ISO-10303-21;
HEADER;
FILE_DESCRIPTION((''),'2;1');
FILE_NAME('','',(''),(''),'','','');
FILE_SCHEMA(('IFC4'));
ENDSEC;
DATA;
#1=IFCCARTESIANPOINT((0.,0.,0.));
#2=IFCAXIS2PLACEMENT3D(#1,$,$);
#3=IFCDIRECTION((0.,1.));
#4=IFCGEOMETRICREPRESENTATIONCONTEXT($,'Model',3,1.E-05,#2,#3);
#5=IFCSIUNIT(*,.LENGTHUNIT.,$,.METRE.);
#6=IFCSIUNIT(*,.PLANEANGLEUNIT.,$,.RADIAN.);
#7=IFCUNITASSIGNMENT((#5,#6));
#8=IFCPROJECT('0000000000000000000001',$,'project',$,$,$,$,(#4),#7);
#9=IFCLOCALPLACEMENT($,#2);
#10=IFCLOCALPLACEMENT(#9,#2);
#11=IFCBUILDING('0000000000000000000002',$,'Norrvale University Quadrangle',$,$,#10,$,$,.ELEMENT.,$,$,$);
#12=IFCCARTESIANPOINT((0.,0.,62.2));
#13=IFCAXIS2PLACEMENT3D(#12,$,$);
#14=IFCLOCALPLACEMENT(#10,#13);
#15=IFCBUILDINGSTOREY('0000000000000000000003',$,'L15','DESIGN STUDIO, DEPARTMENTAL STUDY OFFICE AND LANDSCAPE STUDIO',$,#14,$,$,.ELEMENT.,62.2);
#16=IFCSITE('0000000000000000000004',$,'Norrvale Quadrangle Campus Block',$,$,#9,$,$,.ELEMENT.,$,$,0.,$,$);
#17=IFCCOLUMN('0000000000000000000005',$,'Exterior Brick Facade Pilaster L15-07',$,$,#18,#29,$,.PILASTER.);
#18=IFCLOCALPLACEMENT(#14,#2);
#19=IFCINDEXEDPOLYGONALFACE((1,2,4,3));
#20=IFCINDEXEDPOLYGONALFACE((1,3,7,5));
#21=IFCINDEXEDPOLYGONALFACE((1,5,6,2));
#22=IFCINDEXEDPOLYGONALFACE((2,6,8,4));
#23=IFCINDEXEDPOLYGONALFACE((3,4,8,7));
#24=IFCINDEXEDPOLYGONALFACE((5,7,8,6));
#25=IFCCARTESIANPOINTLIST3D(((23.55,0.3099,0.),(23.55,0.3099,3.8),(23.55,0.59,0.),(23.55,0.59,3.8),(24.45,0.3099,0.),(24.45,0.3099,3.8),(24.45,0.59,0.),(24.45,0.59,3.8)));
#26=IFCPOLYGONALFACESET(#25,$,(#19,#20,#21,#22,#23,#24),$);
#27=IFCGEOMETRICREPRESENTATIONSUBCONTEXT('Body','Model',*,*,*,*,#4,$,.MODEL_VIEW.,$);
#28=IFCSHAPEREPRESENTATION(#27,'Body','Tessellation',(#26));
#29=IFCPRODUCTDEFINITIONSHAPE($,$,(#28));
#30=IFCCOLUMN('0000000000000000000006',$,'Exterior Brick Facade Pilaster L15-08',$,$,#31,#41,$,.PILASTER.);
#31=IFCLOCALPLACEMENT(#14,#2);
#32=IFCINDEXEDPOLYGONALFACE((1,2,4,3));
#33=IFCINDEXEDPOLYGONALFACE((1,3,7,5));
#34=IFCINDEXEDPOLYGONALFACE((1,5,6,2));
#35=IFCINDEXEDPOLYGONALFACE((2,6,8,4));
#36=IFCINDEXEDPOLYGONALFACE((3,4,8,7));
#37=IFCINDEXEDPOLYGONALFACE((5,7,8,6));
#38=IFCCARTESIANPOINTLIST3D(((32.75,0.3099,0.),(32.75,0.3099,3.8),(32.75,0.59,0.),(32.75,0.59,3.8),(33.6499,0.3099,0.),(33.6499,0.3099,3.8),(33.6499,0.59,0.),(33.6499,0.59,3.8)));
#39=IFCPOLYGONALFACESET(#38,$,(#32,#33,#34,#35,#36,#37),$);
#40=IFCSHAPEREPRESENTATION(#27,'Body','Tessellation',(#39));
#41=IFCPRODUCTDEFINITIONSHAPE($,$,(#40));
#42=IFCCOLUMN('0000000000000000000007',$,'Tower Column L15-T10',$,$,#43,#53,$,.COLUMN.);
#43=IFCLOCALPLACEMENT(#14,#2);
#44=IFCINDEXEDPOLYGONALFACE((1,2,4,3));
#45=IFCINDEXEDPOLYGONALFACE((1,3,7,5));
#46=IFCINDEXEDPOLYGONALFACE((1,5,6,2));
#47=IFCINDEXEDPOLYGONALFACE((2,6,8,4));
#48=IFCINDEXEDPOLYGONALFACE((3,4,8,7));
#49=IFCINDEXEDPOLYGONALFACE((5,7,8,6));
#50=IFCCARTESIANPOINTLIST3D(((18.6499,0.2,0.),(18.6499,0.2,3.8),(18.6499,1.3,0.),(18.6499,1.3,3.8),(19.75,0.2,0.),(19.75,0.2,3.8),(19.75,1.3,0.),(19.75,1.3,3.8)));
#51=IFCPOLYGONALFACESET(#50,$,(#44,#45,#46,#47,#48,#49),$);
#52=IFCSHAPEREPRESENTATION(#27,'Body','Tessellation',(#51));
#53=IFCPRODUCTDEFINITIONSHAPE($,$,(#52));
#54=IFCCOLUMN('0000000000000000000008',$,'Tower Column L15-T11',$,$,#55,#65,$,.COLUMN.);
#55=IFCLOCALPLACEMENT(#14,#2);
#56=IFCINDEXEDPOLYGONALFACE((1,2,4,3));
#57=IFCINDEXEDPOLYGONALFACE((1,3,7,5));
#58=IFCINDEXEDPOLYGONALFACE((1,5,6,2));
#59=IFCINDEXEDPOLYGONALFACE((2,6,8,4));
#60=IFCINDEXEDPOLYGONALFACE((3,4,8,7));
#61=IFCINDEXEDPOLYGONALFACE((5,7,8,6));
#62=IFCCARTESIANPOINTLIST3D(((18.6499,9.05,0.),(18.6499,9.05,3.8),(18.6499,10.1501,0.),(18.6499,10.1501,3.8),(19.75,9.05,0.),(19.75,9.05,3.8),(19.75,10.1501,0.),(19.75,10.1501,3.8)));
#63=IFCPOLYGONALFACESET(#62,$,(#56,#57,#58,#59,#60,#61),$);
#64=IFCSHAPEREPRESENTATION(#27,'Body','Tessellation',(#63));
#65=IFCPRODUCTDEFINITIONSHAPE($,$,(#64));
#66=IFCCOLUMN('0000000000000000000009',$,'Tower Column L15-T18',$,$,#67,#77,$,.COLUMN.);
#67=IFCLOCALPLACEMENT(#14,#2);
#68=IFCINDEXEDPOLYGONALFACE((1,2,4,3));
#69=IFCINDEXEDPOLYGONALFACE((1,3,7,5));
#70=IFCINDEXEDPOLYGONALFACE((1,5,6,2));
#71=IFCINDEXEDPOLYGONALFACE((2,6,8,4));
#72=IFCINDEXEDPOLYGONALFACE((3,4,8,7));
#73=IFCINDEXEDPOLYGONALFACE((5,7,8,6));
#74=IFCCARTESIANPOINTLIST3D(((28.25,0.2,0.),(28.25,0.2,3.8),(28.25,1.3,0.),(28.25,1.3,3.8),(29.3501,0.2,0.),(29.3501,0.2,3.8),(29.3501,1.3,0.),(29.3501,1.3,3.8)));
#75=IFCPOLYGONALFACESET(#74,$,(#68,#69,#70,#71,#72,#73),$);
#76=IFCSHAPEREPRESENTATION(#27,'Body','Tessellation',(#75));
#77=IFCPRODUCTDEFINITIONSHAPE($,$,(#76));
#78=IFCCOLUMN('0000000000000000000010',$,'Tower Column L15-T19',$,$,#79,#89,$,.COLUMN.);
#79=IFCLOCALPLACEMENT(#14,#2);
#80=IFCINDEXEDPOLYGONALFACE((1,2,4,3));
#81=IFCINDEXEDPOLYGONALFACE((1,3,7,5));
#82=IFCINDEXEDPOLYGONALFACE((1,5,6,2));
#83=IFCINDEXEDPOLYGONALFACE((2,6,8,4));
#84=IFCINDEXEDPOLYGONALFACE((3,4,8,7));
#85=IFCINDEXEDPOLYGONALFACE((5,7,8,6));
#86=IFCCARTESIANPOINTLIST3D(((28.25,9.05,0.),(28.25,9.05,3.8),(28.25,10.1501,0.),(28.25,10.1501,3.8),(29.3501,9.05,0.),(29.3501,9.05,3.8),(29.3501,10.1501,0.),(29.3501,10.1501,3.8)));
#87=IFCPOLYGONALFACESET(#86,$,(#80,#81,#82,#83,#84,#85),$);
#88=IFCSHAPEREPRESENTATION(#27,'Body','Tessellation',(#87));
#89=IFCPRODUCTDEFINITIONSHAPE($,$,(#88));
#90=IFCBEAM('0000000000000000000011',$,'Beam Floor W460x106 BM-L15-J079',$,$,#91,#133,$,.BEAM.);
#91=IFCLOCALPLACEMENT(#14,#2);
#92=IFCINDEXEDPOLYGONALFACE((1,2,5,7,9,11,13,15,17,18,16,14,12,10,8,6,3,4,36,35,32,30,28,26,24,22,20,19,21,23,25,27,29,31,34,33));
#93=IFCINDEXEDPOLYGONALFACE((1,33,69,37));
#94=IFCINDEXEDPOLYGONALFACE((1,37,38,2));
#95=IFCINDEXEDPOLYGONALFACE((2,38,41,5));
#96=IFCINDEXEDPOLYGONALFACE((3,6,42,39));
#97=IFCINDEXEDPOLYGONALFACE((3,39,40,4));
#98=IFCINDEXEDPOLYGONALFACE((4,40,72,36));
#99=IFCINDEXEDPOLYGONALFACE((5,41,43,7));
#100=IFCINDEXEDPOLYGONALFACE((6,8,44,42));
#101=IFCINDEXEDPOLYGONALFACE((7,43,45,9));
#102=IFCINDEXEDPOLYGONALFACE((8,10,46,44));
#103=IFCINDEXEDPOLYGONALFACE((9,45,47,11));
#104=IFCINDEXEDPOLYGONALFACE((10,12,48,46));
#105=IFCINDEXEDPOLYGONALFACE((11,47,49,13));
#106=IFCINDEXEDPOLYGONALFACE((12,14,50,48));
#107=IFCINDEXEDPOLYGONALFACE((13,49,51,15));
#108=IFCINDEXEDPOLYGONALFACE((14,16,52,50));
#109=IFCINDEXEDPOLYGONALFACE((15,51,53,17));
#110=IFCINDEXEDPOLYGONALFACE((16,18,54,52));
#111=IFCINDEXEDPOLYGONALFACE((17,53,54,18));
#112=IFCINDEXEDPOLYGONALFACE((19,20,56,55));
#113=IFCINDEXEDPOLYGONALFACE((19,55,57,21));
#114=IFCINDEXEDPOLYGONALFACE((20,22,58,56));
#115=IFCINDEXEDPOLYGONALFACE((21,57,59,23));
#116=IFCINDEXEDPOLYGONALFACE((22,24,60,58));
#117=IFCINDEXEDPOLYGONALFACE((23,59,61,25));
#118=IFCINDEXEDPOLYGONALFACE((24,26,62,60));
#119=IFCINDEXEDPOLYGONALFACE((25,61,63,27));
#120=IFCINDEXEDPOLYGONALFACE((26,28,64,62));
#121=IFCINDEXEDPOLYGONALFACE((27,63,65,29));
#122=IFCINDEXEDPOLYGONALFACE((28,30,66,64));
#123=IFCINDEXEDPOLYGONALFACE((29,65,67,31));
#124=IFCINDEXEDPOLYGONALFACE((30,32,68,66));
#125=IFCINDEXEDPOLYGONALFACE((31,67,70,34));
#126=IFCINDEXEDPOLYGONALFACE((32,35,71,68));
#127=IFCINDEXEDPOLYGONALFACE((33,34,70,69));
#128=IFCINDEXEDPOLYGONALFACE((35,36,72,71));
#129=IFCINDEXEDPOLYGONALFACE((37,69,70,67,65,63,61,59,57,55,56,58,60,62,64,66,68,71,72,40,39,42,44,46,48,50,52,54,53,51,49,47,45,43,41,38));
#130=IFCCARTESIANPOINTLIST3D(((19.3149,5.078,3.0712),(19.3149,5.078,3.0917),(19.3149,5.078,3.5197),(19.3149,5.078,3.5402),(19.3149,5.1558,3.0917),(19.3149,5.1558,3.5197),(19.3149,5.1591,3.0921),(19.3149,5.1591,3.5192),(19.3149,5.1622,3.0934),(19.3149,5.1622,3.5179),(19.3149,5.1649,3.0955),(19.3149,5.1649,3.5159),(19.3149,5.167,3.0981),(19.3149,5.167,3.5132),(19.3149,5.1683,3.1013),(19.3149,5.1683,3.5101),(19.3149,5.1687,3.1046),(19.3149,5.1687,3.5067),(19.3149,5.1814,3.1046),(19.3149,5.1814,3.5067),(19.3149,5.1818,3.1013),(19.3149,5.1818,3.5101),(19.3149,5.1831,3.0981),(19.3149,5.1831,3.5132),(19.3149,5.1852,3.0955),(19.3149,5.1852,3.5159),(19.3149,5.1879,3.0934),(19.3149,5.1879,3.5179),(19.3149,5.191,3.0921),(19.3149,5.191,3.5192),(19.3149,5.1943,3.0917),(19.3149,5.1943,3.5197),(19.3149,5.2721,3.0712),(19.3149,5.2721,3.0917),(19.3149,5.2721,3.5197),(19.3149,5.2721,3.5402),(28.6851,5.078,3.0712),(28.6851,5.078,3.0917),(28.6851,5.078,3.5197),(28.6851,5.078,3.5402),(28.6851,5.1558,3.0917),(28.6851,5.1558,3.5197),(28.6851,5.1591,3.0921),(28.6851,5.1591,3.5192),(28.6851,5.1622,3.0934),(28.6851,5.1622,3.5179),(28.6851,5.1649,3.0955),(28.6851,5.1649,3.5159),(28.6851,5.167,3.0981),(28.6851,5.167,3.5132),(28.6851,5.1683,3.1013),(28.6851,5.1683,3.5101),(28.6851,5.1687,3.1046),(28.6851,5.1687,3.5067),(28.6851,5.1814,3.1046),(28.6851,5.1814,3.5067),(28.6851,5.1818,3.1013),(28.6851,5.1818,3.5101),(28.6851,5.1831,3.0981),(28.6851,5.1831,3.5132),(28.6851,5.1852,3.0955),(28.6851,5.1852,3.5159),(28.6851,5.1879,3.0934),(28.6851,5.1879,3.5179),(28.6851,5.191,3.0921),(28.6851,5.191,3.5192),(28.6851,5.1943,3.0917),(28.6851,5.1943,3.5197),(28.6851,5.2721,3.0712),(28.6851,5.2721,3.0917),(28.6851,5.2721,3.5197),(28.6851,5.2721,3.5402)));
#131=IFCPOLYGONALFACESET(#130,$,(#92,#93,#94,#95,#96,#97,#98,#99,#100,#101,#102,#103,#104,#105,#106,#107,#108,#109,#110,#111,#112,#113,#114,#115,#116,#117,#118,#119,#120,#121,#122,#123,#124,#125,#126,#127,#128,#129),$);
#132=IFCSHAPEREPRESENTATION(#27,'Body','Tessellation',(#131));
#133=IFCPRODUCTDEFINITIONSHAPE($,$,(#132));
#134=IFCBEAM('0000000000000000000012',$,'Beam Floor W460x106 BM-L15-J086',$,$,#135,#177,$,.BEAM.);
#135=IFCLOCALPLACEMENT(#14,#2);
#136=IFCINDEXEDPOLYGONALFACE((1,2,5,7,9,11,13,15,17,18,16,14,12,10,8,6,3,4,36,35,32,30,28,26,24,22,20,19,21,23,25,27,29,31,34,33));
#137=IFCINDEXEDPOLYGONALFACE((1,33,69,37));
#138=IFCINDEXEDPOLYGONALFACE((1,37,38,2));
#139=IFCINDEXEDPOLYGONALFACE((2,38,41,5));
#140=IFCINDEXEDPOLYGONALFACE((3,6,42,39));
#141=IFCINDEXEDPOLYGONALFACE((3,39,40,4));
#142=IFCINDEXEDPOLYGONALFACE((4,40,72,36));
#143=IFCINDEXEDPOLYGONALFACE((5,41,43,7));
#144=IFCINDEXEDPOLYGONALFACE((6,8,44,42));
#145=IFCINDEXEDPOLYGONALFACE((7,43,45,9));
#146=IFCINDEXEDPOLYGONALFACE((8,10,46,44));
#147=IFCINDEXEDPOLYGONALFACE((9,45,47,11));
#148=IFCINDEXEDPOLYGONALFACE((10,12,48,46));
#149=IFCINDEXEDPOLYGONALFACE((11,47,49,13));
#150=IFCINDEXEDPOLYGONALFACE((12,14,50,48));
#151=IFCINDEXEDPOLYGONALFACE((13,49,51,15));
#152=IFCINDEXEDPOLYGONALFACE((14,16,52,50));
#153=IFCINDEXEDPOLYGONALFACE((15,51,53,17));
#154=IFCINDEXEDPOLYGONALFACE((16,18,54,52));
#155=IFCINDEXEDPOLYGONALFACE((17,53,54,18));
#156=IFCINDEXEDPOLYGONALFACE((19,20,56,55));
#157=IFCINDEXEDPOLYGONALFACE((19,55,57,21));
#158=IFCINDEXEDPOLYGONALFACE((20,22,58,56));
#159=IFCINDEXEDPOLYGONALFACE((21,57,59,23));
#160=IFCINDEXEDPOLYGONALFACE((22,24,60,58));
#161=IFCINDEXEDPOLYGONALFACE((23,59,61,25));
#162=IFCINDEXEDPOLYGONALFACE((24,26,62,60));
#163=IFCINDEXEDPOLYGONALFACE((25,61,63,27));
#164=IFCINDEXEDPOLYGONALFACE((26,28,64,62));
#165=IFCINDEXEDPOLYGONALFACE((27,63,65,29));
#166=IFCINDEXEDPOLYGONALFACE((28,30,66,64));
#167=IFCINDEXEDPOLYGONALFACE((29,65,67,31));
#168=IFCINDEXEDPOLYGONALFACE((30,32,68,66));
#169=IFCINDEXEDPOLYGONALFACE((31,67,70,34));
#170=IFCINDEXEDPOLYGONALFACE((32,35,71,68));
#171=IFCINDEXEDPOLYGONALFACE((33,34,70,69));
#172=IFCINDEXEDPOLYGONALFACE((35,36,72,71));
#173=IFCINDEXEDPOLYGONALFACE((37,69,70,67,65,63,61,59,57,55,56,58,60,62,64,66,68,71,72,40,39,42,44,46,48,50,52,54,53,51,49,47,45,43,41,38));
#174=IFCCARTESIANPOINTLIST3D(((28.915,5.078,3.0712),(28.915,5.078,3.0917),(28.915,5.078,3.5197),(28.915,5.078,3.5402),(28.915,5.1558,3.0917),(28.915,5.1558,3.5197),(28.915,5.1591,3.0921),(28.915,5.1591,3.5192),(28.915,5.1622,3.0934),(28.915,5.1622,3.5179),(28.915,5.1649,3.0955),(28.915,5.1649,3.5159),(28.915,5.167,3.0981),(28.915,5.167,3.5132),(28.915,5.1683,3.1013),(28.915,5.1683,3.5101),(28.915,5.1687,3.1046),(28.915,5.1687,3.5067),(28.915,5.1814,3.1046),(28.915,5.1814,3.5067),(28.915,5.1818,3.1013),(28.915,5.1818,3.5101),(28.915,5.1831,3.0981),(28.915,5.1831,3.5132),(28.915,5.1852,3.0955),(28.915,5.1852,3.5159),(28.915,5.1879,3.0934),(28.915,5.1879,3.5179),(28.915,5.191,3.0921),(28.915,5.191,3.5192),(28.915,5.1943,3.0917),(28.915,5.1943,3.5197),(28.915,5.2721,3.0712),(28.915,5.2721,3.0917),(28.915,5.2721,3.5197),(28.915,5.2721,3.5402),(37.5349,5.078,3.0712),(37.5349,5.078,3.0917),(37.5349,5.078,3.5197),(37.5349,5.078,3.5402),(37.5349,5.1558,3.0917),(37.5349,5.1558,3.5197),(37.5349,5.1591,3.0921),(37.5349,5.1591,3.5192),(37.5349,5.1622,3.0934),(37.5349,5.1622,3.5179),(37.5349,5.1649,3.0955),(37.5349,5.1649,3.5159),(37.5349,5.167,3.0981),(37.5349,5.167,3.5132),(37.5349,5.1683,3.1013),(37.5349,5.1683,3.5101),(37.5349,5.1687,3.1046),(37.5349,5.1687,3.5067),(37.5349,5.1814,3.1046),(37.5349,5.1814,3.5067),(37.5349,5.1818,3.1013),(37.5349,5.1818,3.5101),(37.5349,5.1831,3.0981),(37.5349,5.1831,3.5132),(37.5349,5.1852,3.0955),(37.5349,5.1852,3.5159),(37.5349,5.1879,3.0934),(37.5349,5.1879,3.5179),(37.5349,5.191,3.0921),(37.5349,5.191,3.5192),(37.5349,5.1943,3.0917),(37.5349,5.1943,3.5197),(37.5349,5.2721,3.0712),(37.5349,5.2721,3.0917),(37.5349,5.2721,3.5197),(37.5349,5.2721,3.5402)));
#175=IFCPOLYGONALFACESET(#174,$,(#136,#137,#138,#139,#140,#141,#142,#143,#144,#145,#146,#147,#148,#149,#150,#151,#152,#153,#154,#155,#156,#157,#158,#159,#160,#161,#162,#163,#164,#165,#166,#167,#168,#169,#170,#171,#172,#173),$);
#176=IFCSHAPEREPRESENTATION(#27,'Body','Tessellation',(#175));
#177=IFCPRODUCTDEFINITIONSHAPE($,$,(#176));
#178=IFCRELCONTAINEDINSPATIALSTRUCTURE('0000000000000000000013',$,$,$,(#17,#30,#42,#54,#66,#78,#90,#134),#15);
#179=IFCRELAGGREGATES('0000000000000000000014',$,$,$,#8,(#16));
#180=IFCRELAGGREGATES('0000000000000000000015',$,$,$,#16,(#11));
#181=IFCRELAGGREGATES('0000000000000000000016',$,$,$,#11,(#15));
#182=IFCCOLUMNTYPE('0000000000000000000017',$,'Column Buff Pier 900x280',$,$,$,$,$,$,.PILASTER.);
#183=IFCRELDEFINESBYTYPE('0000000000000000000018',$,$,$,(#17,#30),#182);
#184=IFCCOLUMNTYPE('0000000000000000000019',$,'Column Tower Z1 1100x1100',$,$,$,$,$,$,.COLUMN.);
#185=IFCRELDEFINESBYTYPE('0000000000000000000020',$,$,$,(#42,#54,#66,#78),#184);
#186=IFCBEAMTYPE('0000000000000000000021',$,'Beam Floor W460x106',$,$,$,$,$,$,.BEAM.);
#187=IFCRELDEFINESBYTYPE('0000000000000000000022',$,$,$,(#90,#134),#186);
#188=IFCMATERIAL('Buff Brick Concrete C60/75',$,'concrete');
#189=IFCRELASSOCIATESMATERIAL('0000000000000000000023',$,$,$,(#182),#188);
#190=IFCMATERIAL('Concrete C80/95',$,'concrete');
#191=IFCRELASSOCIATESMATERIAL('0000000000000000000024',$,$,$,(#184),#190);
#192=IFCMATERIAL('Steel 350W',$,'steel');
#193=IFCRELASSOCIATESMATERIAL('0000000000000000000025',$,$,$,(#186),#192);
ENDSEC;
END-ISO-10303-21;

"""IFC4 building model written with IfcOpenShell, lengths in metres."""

from ifc_helpers import new_model, si_unit, direction, frame, origin, origin_2d, place, context, subcontext, project, spatial, rectangle, i_section, extrude, material, material_profile, profile_set, type_object, element, save


model = new_model("IFC4")

# Units and contexts
model_context = context("Model", 3, precision=1e-05, world=origin(), true_north=direction((0.0, 1.0)))
body_context = subcontext(model_context, "Body", "Model", "MODEL_VIEW")
ifc_project = project(units=[si_unit("LENGTHUNIT", "METRE"), si_unit("PLANEANGLEUNIT", "RADIAN")], contexts=[model_context])

# Site, building, storey
site_placement = place(None, origin())
site = spatial("IfcSite", under=ifc_project, at=site_placement, Name="Norrvale Quadrangle Campus Block", CompositionType="ELEMENT", RefElevation=0.0)
building_placement = place(site_placement, origin())
building = spatial("IfcBuilding", under=site, at=building_placement, Name="Norrvale University Quadrangle", CompositionType="ELEMENT")
storey_placement = place(building_placement, frame((0.0, 0.0, 62.2)))
storey = spatial("IfcBuildingStorey", under=building, at=storey_placement, Name="L15", Description="DESIGN STUDIO, DEPARTMENTAL STUDY OFFICE AND LANDSCAPE STUDIO", CompositionType="ELEMENT", Elevation=62.2)

# Columns
ifc_material_1 = material(Name="Buff Brick Concrete C60/75", Category="concrete")
ifc_material_profile_1 = material_profile(ifc_material_1, rectangle(XDim=0.8999, YDim=0.28, at=origin_2d()), Name="Buff Brick Concrete C60/75")
ifc_profile_set_1 = profile_set([ifc_material_profile_1], Name="Buff Brick Concrete C60/75")
column_type_1 = type_object("IfcColumnType", Name="Column Buff Pier 900x280", PredefinedType="PILASTER", material=ifc_profile_set_1)
for number, where, z_axis, x_axis, name in (
    (1, (24.0, 0.45, 0.0), (0.0, 0.0, 1.0), (1.0, 0.0, 0.0), "Exterior Brick Facade Pilaster L15-07"),
    (2, (33.2, 0.45, 0.0), (0.0, 0.0, 1.0), (1.0, 0.0, 0.0), "Exterior Brick Facade Pilaster L15-08"),
):
    element("IfcColumn", number, at=place(storey_placement, frame(where, z_axis=z_axis, x_axis=x_axis)), inside=storey, type_object=column_type_1, Name=name, PredefinedType="PILASTER", context=body_context, shape_type="SweptSolid", body=[
        extrude(rectangle(XDim=0.8999, YDim=0.28, at=origin_2d()), origin(), (0.0, 0.0, 1.0), 3.8),
    ])
ifc_material_2 = material(Name="Concrete C80/95", Category="concrete")
ifc_material_profile_2 = material_profile(ifc_material_2, rectangle(XDim=1.1001, YDim=1.1001, at=origin_2d()), Name="Concrete C80/95")
ifc_profile_set_2 = profile_set([ifc_material_profile_2], Name="Concrete C80/95")
column_type_2 = type_object("IfcColumnType", Name="Column Tower Z1 1100x1100", PredefinedType="COLUMN", material=ifc_profile_set_2)
for number, where, z_axis, x_axis, name in (
    (3, (19.2, 0.75, 0.0), (0.0, 0.0, 1.0), (1.0, 0.0, 0.0), "Tower Column L15-T10"),
    (4, (19.2, 9.6001, 0.0), (0.0, 0.0, 1.0), (1.0, 0.0, 0.0), "Tower Column L15-T11"),
    (5, (28.8, 0.75, 0.0), (0.0, 0.0, 1.0), (1.0, 0.0, 0.0), "Tower Column L15-T18"),
    (6, (28.8, 9.6001, 0.0), (0.0, 0.0, 1.0), (1.0, 0.0, 0.0), "Tower Column L15-T19"),
):
    element("IfcColumn", number, at=place(storey_placement, frame(where, z_axis=z_axis, x_axis=x_axis)), inside=storey, type_object=column_type_2, Name=name, PredefinedType="COLUMN", context=body_context, shape_type="SweptSolid", body=[
        extrude(rectangle(XDim=1.1001, YDim=1.1001, at=origin_2d()), origin(), (0.0, 0.0, 1.0), 3.8),
    ])

# Beams
ifc_material_3 = material(Name="Steel 350W", Category="steel")
ifc_material_profile_3 = material_profile(ifc_material_3, i_section(OverallWidth=0.1941, OverallDepth=0.469, WebThickness=0.0127, FlangeThickness=0.0205, FilletRadius=0.0129, at=origin_2d()), Name="Steel 350W")
ifc_profile_set_3 = profile_set([ifc_material_profile_3], Name="Steel 350W")
beam_type_1 = type_object("IfcBeamType", Name="Beam Floor W460x106", PredefinedType="BEAM", material=ifc_profile_set_3)
beam_1_placement = place(storey_placement, frame((19.3149, 5.175, 3.3057), z_axis=(1.0, 0.0, 0.0), x_axis=(0.0, 1.0, 0.0)))
element("IfcBeam", 7, at=beam_1_placement, inside=storey, type_object=beam_type_1, Name="Beam Floor W460x106 BM-L15-J079", PredefinedType="BEAM", context=body_context, shape_type="SweptSolid", body=[
    extrude(i_section(OverallWidth=0.1941, OverallDepth=0.469, WebThickness=0.0127, FlangeThickness=0.0205, FilletRadius=0.0129, at=origin_2d()), origin(), (0.0, 0.0, 1.0), 9.3701),
])
beam_2_placement = place(storey_placement, frame((28.915, 5.175, 3.3057), z_axis=(1.0, 0.0, 0.0), x_axis=(0.0, 1.0, 0.0)))
element("IfcBeam", 8, at=beam_2_placement, inside=storey, type_object=beam_type_1, Name="Beam Floor W460x106 BM-L15-J086", PredefinedType="BEAM", context=body_context, shape_type="SweptSolid", body=[
    extrude(i_section(OverallWidth=0.1941, OverallDepth=0.469, WebThickness=0.0127, FlangeThickness=0.0205, FilletRadius=0.0129, at=origin_2d()), origin(), (0.0, 0.0, 1.0), 8.6199),
])

save(model, "model.ifc")
